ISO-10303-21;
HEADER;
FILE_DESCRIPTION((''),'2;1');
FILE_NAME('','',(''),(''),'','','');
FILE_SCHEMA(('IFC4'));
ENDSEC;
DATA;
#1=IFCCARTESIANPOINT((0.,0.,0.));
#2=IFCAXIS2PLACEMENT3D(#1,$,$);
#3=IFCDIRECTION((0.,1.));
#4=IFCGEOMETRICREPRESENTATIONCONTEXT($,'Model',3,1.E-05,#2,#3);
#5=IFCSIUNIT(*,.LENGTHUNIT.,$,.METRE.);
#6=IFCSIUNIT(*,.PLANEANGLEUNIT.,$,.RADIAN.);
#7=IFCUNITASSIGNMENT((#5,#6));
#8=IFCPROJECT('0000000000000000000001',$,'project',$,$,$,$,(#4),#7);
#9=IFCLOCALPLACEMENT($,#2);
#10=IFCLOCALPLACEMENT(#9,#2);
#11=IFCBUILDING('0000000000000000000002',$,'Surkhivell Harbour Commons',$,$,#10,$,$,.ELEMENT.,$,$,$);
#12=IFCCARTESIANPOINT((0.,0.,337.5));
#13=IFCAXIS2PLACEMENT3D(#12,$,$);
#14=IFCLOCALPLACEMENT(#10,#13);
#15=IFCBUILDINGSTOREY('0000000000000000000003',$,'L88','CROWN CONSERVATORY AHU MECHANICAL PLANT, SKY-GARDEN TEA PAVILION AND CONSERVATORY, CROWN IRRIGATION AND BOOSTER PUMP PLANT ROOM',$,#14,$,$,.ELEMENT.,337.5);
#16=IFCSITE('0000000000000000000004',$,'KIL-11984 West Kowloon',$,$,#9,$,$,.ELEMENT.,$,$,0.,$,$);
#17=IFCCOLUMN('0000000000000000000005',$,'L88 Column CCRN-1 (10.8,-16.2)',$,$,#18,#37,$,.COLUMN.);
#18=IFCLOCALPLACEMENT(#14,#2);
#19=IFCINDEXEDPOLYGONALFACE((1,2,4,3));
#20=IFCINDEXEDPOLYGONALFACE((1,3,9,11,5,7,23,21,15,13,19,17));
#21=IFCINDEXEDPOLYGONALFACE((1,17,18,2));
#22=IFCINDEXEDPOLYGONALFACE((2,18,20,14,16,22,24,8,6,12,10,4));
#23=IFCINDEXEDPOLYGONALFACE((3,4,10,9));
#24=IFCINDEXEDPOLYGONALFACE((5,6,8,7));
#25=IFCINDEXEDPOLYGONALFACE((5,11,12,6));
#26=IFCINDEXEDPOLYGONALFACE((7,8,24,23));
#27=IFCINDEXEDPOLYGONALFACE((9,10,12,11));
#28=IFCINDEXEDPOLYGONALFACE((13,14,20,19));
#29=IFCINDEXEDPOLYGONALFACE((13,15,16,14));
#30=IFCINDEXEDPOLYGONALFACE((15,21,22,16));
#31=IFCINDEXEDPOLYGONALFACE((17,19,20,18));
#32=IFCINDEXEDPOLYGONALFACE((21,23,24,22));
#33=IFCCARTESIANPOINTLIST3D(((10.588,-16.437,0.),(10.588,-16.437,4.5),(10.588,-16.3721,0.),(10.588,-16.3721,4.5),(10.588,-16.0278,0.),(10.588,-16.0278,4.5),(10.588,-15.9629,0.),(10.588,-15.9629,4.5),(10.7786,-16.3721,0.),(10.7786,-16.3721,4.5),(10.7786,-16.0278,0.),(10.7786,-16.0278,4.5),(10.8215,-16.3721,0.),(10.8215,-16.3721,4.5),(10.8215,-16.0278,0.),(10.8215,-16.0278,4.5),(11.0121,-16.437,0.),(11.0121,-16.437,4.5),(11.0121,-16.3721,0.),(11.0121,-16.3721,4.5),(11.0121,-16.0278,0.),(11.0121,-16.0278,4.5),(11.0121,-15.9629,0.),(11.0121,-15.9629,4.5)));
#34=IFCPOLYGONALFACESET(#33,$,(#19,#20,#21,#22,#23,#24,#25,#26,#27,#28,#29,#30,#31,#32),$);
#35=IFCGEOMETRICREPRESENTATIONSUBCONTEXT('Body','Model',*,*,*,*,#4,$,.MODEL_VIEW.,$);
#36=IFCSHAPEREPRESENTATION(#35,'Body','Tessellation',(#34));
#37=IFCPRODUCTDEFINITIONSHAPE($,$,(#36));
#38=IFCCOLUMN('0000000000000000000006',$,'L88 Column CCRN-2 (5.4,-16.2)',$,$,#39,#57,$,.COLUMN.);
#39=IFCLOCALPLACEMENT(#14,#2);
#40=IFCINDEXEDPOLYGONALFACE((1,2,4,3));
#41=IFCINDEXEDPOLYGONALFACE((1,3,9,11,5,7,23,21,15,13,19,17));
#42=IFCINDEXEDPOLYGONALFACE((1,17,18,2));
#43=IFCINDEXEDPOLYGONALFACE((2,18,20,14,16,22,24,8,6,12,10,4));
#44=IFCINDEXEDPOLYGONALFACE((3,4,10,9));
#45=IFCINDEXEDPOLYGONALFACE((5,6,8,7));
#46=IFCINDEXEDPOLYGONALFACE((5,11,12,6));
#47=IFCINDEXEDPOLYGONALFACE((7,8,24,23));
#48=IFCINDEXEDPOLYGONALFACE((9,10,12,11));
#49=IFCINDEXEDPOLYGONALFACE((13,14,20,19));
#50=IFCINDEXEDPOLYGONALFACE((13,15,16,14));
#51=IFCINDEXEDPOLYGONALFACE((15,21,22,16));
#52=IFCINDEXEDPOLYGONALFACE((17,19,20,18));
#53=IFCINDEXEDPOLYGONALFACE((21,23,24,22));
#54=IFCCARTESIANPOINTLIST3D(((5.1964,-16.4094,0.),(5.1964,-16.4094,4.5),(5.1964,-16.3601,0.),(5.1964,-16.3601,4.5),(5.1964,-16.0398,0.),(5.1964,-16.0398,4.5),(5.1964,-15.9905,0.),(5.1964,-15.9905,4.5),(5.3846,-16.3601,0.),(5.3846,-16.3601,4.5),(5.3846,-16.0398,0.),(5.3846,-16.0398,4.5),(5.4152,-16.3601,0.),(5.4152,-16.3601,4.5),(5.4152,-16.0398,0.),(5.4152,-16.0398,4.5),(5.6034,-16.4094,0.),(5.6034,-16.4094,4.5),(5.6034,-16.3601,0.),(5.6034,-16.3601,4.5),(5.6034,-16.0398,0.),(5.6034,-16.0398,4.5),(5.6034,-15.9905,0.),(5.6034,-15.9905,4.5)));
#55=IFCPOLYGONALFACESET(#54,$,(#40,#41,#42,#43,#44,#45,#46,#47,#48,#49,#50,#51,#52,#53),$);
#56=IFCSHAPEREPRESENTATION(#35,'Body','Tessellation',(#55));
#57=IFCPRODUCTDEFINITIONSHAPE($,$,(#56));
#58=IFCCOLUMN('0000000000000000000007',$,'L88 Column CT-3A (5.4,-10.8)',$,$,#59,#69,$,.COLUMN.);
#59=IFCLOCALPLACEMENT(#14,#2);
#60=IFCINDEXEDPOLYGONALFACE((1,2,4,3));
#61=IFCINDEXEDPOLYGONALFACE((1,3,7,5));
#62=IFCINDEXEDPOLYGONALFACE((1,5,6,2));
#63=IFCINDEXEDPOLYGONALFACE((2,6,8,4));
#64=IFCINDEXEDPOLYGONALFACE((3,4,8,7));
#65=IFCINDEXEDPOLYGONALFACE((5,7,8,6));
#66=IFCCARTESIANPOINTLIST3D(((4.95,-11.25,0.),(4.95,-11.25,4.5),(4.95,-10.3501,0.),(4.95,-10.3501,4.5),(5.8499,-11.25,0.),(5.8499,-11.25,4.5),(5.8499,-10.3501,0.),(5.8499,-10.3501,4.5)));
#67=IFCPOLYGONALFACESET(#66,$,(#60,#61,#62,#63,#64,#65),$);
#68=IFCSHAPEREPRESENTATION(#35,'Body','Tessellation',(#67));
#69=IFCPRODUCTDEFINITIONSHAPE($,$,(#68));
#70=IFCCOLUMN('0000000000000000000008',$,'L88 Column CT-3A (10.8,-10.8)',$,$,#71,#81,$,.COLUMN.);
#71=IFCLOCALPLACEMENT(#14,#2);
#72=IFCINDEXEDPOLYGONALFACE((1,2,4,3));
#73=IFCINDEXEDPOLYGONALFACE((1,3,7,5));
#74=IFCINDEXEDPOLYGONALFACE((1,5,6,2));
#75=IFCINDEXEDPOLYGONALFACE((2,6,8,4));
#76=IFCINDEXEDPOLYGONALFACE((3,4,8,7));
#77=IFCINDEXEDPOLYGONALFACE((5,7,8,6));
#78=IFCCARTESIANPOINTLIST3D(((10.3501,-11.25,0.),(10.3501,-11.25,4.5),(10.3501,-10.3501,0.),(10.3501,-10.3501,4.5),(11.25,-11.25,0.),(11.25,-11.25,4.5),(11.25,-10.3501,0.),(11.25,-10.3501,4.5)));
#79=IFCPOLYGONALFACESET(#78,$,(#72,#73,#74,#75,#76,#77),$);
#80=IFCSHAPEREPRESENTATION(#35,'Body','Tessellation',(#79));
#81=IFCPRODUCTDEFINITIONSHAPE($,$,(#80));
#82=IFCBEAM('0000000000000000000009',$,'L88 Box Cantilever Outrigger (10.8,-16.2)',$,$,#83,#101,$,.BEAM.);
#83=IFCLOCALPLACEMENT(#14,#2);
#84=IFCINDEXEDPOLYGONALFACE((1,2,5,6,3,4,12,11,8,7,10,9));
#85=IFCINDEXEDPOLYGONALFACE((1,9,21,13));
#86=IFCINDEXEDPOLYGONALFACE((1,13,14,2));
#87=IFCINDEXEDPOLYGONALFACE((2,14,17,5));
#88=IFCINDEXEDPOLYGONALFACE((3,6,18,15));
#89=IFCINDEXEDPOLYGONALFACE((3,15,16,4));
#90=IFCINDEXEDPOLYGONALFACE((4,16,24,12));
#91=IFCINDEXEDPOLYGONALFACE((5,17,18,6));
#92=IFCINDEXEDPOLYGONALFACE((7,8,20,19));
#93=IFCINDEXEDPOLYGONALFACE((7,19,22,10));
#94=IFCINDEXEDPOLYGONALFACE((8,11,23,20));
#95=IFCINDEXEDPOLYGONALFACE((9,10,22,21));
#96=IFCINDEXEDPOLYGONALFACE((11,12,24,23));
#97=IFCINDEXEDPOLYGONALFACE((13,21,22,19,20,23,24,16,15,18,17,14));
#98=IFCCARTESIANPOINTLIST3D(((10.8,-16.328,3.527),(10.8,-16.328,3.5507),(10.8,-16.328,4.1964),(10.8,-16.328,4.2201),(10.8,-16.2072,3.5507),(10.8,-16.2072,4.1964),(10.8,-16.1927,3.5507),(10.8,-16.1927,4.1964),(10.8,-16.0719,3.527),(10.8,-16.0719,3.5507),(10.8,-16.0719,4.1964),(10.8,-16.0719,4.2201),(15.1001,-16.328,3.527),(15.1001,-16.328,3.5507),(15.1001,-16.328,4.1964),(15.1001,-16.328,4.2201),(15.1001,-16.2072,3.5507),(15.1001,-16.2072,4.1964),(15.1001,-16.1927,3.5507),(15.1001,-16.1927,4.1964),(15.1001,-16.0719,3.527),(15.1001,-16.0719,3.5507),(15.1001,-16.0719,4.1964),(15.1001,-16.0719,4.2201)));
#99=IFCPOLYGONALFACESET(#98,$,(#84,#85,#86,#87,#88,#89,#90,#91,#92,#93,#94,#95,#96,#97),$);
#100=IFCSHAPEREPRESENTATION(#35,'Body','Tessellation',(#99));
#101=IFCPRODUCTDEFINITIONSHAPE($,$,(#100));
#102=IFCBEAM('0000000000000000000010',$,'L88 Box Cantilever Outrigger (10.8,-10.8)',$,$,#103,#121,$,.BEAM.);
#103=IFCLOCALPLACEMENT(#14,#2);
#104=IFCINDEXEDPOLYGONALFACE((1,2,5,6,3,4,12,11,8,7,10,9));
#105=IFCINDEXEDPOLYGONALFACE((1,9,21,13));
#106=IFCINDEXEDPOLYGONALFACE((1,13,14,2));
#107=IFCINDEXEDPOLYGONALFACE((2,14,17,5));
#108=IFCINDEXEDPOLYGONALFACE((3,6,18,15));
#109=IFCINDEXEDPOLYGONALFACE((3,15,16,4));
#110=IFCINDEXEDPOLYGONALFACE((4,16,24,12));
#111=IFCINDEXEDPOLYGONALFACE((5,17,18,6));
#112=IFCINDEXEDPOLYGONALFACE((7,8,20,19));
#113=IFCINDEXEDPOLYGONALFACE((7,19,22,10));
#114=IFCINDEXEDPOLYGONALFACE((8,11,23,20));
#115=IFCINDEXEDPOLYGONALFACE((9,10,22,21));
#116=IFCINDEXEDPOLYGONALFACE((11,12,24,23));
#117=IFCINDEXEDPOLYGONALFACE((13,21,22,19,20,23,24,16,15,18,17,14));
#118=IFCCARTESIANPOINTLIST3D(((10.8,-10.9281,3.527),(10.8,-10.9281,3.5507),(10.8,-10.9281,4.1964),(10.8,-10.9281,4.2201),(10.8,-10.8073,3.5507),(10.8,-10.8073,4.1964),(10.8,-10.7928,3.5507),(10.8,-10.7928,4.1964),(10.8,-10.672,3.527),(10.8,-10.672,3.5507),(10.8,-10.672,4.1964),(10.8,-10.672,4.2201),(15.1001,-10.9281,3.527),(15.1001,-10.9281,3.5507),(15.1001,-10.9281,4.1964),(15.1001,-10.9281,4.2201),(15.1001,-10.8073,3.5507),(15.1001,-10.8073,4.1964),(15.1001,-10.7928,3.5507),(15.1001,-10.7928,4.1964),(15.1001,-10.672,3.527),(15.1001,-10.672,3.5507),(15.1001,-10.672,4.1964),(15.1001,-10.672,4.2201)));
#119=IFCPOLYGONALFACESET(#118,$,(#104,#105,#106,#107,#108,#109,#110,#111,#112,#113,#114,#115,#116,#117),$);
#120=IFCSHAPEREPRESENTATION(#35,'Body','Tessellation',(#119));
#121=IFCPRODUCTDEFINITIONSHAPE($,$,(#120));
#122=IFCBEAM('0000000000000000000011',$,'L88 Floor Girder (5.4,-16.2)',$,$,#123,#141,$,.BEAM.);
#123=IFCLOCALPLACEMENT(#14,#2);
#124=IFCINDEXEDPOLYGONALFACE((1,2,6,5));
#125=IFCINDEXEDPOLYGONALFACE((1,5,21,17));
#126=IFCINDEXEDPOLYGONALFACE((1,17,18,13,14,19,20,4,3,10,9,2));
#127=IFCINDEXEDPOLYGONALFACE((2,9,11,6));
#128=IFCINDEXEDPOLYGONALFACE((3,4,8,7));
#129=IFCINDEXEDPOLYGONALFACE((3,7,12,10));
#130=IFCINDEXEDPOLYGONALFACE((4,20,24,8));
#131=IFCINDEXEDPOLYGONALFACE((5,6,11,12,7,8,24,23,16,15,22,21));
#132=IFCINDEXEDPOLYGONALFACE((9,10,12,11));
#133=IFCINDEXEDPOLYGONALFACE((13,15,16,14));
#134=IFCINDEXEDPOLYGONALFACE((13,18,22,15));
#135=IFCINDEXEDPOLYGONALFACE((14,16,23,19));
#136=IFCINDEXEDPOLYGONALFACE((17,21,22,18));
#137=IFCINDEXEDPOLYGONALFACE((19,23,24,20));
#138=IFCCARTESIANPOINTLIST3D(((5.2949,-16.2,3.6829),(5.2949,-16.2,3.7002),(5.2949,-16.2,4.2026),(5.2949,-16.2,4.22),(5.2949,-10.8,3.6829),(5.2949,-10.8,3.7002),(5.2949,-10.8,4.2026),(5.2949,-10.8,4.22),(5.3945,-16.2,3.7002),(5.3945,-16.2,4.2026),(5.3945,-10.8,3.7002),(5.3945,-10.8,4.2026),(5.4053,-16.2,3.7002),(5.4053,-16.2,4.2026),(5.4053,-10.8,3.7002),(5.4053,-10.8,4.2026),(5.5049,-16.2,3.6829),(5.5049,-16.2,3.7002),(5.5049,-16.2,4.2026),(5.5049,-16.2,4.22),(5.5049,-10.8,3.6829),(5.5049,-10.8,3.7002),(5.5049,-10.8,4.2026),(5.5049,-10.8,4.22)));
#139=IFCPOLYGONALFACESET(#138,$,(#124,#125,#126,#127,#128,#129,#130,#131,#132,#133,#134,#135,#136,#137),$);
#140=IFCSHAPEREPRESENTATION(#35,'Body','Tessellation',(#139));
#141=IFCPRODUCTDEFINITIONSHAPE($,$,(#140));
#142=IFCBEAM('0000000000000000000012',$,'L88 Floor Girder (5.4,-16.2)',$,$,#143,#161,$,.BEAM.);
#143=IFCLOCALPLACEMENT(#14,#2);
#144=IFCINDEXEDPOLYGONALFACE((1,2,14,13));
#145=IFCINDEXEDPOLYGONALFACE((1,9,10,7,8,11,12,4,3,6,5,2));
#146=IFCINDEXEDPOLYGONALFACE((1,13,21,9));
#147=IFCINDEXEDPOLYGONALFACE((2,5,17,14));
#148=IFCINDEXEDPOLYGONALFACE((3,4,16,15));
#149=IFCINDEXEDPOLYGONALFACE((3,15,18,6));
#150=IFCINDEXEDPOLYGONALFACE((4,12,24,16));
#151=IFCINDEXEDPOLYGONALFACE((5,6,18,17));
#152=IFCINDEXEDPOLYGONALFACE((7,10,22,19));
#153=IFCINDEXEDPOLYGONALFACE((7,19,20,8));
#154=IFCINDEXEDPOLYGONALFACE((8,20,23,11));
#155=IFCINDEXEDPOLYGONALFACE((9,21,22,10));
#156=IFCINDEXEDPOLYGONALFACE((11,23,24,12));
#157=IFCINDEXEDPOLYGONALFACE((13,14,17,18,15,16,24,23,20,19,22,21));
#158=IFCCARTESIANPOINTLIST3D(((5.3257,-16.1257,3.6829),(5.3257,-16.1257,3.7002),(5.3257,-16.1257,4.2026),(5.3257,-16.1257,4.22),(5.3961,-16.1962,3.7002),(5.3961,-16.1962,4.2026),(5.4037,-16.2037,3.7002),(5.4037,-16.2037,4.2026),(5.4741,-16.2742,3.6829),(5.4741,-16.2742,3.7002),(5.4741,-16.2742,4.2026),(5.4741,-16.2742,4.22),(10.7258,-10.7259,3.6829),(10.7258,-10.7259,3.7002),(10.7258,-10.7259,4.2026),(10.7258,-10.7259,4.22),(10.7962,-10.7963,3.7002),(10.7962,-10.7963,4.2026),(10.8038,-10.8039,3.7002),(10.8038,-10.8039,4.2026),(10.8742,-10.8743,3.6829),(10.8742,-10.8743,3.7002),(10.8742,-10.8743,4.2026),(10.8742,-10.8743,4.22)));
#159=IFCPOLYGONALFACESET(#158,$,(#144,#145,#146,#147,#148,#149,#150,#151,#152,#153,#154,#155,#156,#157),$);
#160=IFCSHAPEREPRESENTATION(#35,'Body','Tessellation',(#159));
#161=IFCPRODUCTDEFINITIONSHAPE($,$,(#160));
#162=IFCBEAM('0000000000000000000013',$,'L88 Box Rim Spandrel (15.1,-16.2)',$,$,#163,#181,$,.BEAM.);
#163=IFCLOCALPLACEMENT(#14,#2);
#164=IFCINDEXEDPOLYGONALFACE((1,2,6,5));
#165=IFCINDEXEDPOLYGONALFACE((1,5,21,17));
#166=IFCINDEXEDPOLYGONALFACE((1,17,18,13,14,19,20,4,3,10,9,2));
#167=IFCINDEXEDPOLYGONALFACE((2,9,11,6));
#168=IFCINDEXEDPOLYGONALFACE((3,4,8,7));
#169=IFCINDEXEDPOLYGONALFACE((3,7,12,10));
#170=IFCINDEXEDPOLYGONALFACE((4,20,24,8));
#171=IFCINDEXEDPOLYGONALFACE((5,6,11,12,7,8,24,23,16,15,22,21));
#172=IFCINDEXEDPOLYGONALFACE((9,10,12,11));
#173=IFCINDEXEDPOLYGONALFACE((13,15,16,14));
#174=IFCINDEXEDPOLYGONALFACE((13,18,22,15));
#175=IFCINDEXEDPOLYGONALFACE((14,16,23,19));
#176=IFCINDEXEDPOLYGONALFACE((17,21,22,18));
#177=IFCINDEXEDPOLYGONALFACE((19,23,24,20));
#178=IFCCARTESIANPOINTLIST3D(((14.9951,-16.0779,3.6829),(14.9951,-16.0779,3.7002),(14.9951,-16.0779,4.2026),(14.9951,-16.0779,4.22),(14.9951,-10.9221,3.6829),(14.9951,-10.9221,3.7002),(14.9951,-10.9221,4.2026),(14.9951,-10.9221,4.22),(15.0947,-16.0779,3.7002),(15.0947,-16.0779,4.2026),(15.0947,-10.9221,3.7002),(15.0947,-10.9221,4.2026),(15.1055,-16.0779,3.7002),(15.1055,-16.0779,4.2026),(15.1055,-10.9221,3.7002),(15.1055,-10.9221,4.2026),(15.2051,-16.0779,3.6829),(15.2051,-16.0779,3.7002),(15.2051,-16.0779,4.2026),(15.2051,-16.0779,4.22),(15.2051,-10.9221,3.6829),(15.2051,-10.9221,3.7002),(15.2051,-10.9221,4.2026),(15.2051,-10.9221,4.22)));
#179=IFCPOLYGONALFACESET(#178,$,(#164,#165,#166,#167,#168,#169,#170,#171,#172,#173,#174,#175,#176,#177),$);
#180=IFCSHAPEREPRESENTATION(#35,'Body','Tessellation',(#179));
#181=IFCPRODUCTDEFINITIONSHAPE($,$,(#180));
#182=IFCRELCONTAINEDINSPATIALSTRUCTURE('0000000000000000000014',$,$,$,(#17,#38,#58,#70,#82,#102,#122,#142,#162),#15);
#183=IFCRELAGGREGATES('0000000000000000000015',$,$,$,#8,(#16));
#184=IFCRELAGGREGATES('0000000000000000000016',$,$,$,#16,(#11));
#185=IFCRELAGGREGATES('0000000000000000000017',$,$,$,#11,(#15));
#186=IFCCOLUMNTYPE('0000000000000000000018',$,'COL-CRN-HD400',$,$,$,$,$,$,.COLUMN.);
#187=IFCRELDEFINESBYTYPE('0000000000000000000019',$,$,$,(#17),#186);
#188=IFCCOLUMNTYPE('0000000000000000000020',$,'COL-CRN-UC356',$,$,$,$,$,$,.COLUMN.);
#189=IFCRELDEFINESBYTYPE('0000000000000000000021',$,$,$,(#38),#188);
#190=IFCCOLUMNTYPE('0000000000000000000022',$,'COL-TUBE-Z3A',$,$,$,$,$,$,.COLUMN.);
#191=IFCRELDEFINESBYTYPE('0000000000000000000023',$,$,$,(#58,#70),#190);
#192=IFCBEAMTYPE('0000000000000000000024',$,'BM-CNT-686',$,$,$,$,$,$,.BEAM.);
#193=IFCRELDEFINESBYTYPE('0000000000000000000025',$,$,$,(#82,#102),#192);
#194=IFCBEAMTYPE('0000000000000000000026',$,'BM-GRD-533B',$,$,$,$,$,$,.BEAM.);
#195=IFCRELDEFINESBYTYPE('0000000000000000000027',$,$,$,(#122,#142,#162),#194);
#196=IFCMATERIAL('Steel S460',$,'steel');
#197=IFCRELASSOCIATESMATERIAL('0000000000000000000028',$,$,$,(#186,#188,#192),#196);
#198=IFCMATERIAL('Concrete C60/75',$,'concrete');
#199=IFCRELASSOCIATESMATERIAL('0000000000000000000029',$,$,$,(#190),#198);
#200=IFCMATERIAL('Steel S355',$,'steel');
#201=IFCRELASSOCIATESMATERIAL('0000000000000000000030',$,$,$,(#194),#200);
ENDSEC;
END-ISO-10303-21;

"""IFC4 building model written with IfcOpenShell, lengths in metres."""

from ifc_helpers import new_model, si_unit, direction, frame, origin, origin_2d, place, context, subcontext, project, spatial, rectangle, i_section, extrude, material, material_profile, profile_set, type_object, element, save


model = new_model("IFC4")

# Units and contexts
model_context = context("Model", 3, precision=1e-05, world=origin(), true_north=direction((0.0, 1.0)))
body_context = subcontext(model_context, "Body", "Model", "MODEL_VIEW")
ifc_project = project(units=[si_unit("LENGTHUNIT", "METRE"), si_unit("PLANEANGLEUNIT", "RADIAN")], contexts=[model_context])

# Site, building, storey
site_placement = place(None, origin())
site = spatial("IfcSite", under=ifc_project, at=site_placement, Name="KIL-11984 West Kowloon", CompositionType="ELEMENT", RefElevation=0.0)
building_placement = place(site_placement, origin())
building = spatial("IfcBuilding", under=site, at=building_placement, Name="Surkhivell Harbour Commons", CompositionType="ELEMENT")
storey_placement = place(building_placement, frame((0.0, 0.0, 337.5)))
storey = spatial("IfcBuildingStorey", under=building, at=storey_placement, Name="L88", Description="CROWN CONSERVATORY AHU MECHANICAL PLANT, SKY-GARDEN TEA PAVILION AND CONSERVATORY, CROWN IRRIGATION AND BOOSTER PUMP PLANT ROOM", CompositionType="ELEMENT", Elevation=337.5)

# Columns
ifc_material_1 = material(Name="Steel S460", Category="steel")
ifc_material_profile_1 = material_profile(ifc_material_1, i_section(OverallWidth=0.4241, OverallDepth=0.4741, WebThickness=0.043, FlangeThickness=0.0649, at=origin_2d()), Name="HD400x634")
ifc_profile_set_1 = profile_set([ifc_material_profile_1], Name="Steel S460")
column_type_1 = type_object("IfcColumnType", Name="COL-CRN-HD400", PredefinedType="COLUMN", material=ifc_profile_set_1)
column_1_placement = place(storey_placement, frame((10.8, -16.2, 0.0), z_axis=(0.0, 0.0, 1.0), x_axis=(1.0, 0.0, 0.0)))
element("IfcColumn", 1, at=column_1_placement, inside=storey, type_object=column_type_1, Name="L88 Column CCRN-1 (10.8,-16.2)", PredefinedType="COLUMN", context=body_context, shape_type="SweptSolid", body=[
    extrude(i_section(OverallWidth=0.4241, OverallDepth=0.4741, WebThickness=0.043, FlangeThickness=0.0649, at=origin_2d()), origin(), (0.0, 0.0, 1.0), 4.5),
])
ifc_material_profile_2 = material_profile(ifc_material_1, i_section(OverallWidth=0.407, OverallDepth=0.4189, WebThickness=0.0305, FlangeThickness=0.0493, at=origin_2d()), Name="UC356x406x393")
ifc_profile_set_2 = profile_set([ifc_material_profile_2], Name="Steel S460")
column_type_2 = type_object("IfcColumnType", Name="COL-CRN-UC356", PredefinedType="COLUMN", material=ifc_profile_set_2)
column_2_placement = place(storey_placement, frame((5.3999, -16.2, 0.0), z_axis=(0.0, 0.0, 1.0), x_axis=(1.0, 0.0, 0.0)))
element("IfcColumn", 2, at=column_2_placement, inside=storey, type_object=column_type_2, Name="L88 Column CCRN-2 (5.4,-16.2)", PredefinedType="COLUMN", context=body_context, shape_type="SweptSolid", body=[
    extrude(i_section(OverallWidth=0.407, OverallDepth=0.4189, WebThickness=0.0305, FlangeThickness=0.0493, at=origin_2d()), origin(), (0.0, 0.0, 1.0), 4.5),
])
ifc_material_2 = material(Name="Concrete C60/75", Category="concrete")
ifc_material_profile_3 = material_profile(ifc_material_2, rectangle(XDim=0.8999, YDim=0.8999, at=origin_2d()), Name="RC-COL-900x900")
ifc_profile_set_3 = profile_set([ifc_material_profile_3], Name="Concrete C60/75")
column_type_3 = type_object("IfcColumnType", Name="COL-TUBE-Z3A", PredefinedType="COLUMN", material=ifc_profile_set_3)
for number, where, z_axis, x_axis, name in (
    (3, (5.3999, -10.8, 0.0), (0.0, 0.0, 1.0), (1.0, 0.0, 0.0), "L88 Column CT-3A (5.4,-10.8)"),
    (4, (10.8, -10.8, 0.0), (0.0, 0.0, 1.0), (1.0, 0.0, 0.0), "L88 Column CT-3A (10.8,-10.8)"),
):
    element("IfcColumn", number, at=place(storey_placement, frame(where, z_axis=z_axis, x_axis=x_axis)), inside=storey, type_object=column_type_3, Name=name, PredefinedType="COLUMN", context=body_context, shape_type="SweptSolid", body=[
        extrude(rectangle(XDim=0.8999, YDim=0.8999, at=origin_2d()), origin(), (0.0, 0.0, 1.0), 4.5),
    ])

# Beams
ifc_material_profile_4 = material_profile(ifc_material_1, i_section(OverallWidth=0.2561, OverallDepth=0.6931, WebThickness=0.0144, FlangeThickness=0.0237, at=origin_2d()), Name="UB686x254x170")
ifc_profile_set_4 = profile_set([ifc_material_profile_4], Name="Steel S460")
beam_type_1 = type_object("IfcBeamType", Name="BM-CNT-686", PredefinedType="BEAM", material=ifc_profile_set_4)
for number, where, z_axis, x_axis, name in (
    (5, (10.8, -16.2, 3.8735), (1.0, 0.0, 0.0), (0.0, 1.0, 0.0), "L88 Box Cantilever Outrigger (10.8,-16.2)"),
    (6, (10.8, -10.8, 3.8735), (1.0, 0.0, 0.0), (0.0, 1.0, 0.0), "L88 Box Cantilever Outrigger (10.8,-10.8)"),
):
    element("IfcBeam", number, at=place(storey_placement, frame(where, z_axis=z_axis, x_axis=x_axis)), inside=storey, type_object=beam_type_1, Name=name, PredefinedType="BEAM", context=body_context, shape_type="SweptSolid", body=[
        extrude(i_section(OverallWidth=0.2561, OverallDepth=0.6931, WebThickness=0.0144, FlangeThickness=0.0237, at=origin_2d()), origin(), (0.0, 0.0, 1.0), 4.3),
    ])
ifc_material_3 = material(Name="Steel S355", Category="steel")
ifc_material_profile_5 = material_profile(ifc_material_3, i_section(OverallWidth=0.21, OverallDepth=0.5371, WebThickness=0.0107, FlangeThickness=0.0173, at=origin_2d()), Name="UB533x210x101")
ifc_profile_set_5 = profile_set([ifc_material_profile_5], Name="Steel S355")
beam_type_2 = type_object("IfcBeamType", Name="BM-GRD-533B", PredefinedType="BEAM", material=ifc_profile_set_5)
beam_1_placement = place(storey_placement, frame((5.3999, -16.2, 3.9514), z_axis=(0.0, 1.0, 0.0), x_axis=(-1.0, 0.0, 0.0)))
element("IfcBeam", 7, at=beam_1_placement, inside=storey, type_object=beam_type_2, Name="L88 Floor Girder (5.4,-16.2)", PredefinedType="BEAM", context=body_context, shape_type="SweptSolid", body=[
    extrude(i_section(OverallWidth=0.21, OverallDepth=0.5371, WebThickness=0.0107, FlangeThickness=0.0173, at=origin_2d()), origin(), (0.0, 0.0, 1.0), 5.3999),
])
beam_2_placement = place(storey_placement, frame((5.3999, -16.2, 3.9514), z_axis=(0.707123, 0.707091, 0.0), x_axis=(-0.707091, 0.707123, 0.0)))
element("IfcBeam", 8, at=beam_2_placement, inside=storey, type_object=beam_type_2, Name="L88 Floor Girder (5.4,-16.2)", PredefinedType="BEAM", context=body_context, shape_type="SweptSolid", body=[
    extrude(i_section(OverallWidth=0.21, OverallDepth=0.5371, WebThickness=0.0107, FlangeThickness=0.0173, at=origin_2d()), origin(), (0.0, 0.0, 1.0), 7.6367),
])
beam_3_placement = place(storey_placement, frame((15.1001, -16.0779, 3.9514), z_axis=(0.0, 1.0, 0.0), x_axis=(-1.0, 0.0, 0.0)))
element("IfcBeam", 9, at=beam_3_placement, inside=storey, type_object=beam_type_2, Name="L88 Box Rim Spandrel (15.1,-16.2)", PredefinedType="BEAM", context=body_context, shape_type="SweptSolid", body=[
    extrude(i_section(OverallWidth=0.21, OverallDepth=0.5371, WebThickness=0.0107, FlangeThickness=0.0173, at=origin_2d()), origin(), (0.0, 0.0, 1.0), 5.1558),
])

save(model, "model.ifc")
